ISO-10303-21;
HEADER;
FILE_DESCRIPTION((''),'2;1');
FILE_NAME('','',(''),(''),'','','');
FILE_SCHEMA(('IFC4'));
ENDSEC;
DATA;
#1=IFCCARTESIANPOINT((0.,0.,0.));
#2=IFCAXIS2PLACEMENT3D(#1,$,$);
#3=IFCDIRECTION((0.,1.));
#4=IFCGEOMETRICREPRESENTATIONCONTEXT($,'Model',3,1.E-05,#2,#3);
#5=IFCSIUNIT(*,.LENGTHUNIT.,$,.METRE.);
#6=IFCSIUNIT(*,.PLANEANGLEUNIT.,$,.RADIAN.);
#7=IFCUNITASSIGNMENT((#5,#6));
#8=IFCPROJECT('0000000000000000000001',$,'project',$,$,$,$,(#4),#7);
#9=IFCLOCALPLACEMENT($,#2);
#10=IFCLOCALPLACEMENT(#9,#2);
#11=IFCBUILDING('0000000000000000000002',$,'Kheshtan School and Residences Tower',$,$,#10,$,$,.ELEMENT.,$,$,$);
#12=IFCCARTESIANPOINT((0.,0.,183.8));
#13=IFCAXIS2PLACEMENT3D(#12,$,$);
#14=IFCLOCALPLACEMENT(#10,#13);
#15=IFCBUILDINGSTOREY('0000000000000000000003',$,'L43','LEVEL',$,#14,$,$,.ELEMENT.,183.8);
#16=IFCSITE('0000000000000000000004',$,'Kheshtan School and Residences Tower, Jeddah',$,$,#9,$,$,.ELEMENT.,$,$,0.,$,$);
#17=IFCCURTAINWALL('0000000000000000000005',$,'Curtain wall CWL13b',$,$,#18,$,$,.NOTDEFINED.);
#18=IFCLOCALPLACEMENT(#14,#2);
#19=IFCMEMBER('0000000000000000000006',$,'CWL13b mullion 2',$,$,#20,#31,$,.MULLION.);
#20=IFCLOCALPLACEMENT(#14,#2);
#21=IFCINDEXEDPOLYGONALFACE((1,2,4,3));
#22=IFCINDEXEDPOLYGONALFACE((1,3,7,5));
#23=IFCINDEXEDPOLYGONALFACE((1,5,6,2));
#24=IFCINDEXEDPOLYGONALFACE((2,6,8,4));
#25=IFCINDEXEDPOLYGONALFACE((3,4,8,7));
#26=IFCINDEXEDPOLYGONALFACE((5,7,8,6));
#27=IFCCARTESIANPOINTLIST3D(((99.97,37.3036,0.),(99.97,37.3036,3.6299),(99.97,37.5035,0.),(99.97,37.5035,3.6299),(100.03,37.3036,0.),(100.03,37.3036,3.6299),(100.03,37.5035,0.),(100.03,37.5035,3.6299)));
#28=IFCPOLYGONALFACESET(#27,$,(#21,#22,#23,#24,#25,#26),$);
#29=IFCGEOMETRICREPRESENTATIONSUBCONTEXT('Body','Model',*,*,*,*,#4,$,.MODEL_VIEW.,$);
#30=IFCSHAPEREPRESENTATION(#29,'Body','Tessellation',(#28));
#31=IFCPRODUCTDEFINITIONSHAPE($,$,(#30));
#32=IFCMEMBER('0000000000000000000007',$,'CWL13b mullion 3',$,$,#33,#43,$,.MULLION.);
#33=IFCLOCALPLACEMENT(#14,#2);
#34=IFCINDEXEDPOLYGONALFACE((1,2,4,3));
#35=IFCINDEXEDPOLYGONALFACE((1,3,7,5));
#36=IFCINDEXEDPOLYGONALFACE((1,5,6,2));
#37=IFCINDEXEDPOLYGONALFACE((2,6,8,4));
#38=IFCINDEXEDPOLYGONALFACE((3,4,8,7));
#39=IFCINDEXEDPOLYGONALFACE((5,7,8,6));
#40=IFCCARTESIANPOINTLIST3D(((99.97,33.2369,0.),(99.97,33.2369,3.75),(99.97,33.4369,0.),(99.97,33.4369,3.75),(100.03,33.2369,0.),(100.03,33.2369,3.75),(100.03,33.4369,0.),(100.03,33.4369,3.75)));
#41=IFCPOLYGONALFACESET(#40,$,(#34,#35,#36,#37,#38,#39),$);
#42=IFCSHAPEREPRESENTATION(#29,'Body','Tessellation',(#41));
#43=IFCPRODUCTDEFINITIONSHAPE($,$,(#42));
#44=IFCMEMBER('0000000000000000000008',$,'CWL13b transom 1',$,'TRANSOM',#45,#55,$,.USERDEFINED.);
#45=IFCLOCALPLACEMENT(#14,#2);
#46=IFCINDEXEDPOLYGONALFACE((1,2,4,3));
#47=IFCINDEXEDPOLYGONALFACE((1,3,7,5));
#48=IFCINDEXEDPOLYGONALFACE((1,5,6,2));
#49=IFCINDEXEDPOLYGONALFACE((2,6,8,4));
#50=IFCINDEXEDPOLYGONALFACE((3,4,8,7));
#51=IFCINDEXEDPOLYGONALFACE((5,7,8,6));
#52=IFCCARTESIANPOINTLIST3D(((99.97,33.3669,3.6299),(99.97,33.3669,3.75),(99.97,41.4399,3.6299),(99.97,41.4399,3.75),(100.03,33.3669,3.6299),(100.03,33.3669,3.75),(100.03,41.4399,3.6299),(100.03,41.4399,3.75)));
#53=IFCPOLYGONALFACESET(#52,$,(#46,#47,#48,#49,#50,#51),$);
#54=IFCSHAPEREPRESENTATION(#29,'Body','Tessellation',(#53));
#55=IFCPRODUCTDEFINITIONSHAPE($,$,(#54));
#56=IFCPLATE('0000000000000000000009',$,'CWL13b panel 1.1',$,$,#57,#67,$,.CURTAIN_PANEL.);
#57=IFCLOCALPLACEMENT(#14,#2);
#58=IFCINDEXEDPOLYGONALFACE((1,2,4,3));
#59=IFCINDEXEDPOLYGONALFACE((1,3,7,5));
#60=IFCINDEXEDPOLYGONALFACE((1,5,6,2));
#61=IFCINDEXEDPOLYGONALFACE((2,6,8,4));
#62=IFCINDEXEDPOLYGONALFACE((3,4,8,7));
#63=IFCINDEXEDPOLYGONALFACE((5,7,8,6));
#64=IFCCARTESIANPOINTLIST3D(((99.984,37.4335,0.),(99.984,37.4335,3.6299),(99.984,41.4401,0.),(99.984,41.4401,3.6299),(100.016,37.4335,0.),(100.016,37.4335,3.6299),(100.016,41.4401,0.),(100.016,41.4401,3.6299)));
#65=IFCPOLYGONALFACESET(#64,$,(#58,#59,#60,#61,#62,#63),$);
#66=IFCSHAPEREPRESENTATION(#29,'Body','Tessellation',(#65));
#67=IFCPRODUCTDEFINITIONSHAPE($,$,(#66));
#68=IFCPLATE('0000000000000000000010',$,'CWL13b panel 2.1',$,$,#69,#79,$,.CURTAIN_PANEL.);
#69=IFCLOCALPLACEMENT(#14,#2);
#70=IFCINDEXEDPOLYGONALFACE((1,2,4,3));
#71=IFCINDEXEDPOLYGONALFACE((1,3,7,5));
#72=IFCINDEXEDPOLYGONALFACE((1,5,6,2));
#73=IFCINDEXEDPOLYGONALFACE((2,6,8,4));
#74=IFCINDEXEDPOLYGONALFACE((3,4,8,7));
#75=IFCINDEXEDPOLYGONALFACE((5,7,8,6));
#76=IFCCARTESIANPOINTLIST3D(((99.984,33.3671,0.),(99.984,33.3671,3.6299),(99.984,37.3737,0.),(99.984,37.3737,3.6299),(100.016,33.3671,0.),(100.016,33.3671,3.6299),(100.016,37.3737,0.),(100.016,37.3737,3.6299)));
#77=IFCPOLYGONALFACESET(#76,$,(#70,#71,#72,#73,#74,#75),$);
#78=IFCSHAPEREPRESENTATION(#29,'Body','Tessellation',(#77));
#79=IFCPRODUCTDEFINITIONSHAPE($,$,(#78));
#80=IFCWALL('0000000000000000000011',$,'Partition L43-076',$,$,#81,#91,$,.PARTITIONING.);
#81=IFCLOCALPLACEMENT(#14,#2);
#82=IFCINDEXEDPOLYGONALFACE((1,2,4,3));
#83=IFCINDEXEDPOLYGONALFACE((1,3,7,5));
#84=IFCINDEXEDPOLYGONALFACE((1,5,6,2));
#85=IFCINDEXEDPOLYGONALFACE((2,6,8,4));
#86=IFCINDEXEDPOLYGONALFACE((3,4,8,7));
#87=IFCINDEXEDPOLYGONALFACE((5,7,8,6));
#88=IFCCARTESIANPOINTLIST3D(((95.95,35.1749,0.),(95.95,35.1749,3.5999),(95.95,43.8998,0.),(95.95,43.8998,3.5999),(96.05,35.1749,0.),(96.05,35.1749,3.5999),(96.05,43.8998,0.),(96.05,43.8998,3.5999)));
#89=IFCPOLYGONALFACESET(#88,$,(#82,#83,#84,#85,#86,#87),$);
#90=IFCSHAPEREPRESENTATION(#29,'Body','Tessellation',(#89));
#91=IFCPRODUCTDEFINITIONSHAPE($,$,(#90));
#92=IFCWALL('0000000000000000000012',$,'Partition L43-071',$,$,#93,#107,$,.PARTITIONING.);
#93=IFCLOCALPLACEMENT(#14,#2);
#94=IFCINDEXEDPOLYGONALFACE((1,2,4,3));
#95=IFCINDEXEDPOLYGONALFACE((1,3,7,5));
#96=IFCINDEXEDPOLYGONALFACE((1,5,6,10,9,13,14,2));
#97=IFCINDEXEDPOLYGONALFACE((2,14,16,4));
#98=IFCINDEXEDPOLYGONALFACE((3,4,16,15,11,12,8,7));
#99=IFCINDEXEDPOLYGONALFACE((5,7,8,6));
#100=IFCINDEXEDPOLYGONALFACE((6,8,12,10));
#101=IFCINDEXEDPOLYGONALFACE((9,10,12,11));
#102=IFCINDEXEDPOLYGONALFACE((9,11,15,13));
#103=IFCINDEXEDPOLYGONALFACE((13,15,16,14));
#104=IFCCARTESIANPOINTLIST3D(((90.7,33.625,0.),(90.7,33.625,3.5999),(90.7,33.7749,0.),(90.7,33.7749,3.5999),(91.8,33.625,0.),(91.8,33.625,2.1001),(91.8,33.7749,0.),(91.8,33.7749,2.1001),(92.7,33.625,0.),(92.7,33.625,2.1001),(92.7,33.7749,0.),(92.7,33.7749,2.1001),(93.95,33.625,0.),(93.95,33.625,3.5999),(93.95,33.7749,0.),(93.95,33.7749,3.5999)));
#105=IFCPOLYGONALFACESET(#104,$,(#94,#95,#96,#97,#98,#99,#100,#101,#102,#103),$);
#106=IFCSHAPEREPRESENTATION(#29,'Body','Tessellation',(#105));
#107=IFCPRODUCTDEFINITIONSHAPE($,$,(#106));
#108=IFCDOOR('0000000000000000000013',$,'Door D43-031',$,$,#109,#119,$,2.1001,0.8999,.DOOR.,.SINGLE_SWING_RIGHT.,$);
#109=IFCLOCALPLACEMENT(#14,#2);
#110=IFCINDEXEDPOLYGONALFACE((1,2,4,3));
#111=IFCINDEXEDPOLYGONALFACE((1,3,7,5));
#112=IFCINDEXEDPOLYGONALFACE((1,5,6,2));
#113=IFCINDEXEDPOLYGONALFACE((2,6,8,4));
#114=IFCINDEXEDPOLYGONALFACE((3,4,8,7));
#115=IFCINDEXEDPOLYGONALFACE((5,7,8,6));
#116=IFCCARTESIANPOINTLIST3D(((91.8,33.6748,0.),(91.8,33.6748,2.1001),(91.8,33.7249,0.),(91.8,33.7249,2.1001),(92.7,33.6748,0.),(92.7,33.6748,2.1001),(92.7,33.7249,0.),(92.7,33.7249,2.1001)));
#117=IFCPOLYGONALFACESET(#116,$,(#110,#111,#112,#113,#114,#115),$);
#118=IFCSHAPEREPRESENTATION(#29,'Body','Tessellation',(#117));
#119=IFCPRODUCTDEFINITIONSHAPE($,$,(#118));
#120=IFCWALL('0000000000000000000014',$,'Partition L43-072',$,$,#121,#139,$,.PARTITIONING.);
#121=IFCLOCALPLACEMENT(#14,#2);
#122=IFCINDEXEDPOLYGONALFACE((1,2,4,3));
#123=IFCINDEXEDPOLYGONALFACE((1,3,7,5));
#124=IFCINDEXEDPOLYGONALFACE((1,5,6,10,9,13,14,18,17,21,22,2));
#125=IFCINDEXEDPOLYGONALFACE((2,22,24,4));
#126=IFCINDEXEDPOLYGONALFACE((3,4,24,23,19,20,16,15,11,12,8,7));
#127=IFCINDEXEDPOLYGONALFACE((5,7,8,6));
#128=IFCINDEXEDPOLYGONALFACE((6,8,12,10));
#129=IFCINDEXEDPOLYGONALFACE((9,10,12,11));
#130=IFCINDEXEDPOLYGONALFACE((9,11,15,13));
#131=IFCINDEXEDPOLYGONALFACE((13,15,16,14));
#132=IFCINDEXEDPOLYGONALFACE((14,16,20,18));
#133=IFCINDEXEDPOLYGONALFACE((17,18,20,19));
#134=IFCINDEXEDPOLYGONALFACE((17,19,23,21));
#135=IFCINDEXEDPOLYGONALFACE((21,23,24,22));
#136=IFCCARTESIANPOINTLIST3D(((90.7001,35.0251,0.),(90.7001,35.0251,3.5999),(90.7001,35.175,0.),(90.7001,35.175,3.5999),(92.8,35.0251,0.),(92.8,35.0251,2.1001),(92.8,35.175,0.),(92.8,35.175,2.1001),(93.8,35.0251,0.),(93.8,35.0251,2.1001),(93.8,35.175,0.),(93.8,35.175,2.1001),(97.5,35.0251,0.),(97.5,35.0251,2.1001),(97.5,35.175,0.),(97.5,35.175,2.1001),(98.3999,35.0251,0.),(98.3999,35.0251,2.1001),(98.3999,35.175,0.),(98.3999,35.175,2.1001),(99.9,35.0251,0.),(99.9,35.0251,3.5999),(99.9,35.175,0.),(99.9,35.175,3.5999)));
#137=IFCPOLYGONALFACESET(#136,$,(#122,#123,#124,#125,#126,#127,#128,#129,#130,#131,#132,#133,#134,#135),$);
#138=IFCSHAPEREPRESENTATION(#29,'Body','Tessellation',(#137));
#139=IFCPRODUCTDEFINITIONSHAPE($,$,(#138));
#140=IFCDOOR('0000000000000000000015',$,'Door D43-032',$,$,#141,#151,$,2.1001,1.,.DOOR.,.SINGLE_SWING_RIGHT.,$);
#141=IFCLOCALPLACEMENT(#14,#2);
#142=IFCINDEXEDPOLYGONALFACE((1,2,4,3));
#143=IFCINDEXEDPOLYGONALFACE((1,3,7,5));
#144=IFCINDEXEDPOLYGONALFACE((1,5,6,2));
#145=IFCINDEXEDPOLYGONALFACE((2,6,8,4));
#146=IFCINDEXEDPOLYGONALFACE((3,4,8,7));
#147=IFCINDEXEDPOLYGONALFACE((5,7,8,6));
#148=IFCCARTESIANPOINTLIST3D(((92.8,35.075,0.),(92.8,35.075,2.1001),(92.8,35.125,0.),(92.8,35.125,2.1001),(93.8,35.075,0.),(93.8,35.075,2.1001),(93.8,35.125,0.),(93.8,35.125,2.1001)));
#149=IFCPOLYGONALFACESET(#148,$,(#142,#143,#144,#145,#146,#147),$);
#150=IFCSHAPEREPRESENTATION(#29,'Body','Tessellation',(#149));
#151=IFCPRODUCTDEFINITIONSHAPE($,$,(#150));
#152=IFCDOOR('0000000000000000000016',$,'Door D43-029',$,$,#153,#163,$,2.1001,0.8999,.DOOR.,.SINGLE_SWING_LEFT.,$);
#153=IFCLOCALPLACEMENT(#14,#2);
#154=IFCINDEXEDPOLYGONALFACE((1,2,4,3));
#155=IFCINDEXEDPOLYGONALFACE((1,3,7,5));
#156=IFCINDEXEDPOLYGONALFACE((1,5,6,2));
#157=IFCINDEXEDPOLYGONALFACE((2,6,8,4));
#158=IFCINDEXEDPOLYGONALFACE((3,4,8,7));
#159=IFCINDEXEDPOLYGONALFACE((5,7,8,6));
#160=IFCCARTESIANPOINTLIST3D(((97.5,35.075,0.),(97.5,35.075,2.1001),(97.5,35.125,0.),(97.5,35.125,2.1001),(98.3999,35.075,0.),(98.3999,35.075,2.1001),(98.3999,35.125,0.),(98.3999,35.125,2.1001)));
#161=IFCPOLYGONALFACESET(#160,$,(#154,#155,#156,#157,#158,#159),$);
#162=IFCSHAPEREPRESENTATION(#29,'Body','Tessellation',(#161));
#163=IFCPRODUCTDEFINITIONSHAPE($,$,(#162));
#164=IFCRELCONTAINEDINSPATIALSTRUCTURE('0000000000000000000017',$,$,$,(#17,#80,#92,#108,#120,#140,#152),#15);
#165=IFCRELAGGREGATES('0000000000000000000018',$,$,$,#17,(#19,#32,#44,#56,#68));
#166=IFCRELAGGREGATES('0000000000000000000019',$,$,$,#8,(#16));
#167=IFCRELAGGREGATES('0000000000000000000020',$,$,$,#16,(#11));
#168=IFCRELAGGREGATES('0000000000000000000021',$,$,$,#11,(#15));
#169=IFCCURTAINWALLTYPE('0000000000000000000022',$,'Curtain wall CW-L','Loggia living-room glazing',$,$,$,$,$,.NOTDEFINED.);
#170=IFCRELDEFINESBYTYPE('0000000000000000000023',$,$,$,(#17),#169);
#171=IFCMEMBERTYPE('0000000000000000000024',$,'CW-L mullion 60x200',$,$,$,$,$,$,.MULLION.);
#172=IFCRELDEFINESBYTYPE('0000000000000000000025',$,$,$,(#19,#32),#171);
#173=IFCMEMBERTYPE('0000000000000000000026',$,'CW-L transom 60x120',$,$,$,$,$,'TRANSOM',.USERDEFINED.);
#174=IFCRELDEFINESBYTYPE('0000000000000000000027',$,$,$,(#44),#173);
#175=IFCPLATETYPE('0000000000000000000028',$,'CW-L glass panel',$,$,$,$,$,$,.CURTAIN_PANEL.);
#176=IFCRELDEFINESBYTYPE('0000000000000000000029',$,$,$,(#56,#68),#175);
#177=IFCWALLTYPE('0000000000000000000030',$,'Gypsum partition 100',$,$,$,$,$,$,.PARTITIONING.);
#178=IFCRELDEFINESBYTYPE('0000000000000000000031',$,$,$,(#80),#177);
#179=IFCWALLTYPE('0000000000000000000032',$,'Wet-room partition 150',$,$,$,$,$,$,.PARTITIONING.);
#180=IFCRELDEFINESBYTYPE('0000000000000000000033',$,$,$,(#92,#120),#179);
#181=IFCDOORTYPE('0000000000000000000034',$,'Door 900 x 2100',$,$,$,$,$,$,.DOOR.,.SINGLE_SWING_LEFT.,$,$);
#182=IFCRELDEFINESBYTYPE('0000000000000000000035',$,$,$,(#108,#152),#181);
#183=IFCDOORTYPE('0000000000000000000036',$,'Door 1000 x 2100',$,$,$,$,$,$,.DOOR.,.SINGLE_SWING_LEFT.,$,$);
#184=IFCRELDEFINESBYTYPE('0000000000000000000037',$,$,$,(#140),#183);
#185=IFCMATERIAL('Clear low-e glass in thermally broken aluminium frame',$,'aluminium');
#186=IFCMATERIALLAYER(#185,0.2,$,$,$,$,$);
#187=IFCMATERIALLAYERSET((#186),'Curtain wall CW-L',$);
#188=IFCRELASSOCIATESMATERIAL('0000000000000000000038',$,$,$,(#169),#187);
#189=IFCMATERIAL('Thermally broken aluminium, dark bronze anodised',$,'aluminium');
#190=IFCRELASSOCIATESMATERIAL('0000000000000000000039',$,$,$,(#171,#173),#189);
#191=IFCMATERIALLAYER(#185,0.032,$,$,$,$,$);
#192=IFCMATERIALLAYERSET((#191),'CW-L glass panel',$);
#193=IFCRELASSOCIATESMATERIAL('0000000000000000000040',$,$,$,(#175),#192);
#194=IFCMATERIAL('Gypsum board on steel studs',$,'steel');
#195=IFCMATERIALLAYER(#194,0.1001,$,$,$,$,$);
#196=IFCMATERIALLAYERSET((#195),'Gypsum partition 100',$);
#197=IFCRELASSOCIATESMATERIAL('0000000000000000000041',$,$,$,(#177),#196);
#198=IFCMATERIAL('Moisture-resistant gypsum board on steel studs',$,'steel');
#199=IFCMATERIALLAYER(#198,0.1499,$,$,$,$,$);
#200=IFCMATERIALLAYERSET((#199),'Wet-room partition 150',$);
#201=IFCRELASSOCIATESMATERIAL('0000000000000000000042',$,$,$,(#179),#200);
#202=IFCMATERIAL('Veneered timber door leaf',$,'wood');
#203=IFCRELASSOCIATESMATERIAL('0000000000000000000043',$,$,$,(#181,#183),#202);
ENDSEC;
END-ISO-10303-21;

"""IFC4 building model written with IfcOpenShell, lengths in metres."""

from ifc_helpers import new_model, si_unit, direction, frame, frame_2d, origin, origin_2d, place, context, subcontext, project, spatial, rectangle, extrude, source, transform, mapped, material, layer, layer_set, material_profile, profile_set, type_object, element, fill, aggregate, save


model = new_model("IFC4")

# Units and contexts
model_context = context("Model", 3, precision=1e-05, world=origin(), true_north=direction((0.0, 1.0)))
body_context = subcontext(model_context, "Body", "Model", "MODEL_VIEW")
ifc_project = project(units=[si_unit("LENGTHUNIT", "METRE"), si_unit("PLANEANGLEUNIT", "RADIAN")], contexts=[model_context])

# Site, building, storey
site_placement = place(None, origin())
site = spatial("IfcSite", under=ifc_project, at=site_placement, Name="Kheshtan School and Residences Tower, Jeddah", CompositionType="ELEMENT", RefElevation=0.0)
building_placement = place(site_placement, origin())
building = spatial("IfcBuilding", under=site, at=building_placement, Name="Kheshtan School and Residences Tower", CompositionType="ELEMENT")
storey_placement = place(building_placement, frame((0.0, 0.0, 183.8)))
storey = spatial("IfcBuildingStorey", under=building, at=storey_placement, Name="L43", Description="LEVEL", CompositionType="ELEMENT", Elevation=183.8)

# Curtain wall, members, plates
ifc_material_1 = material(Name="Clear low-e glass in thermally broken aluminium frame", Category="aluminium")
ifc_layer_1 = layer(ifc_material_1, 0.2)
ifc_layer_set_1 = layer_set([ifc_layer_1], Name="Curtain wall CW-L")
curtain_wall_type = type_object("IfcCurtainWallType", Name="Curtain wall CW-L", Description="Loggia living-room glazing", PredefinedType="NOTDEFINED", material=ifc_layer_set_1)
curtain_wall_placement = place(storey_placement, origin())
curtain_wall = element("IfcCurtainWall", 1, at=curtain_wall_placement, inside=storey, type_object=curtain_wall_type, Name="Curtain wall CWL13b", PredefinedType="NOTDEFINED")
ifc_material_2 = material(Name="Thermally broken aluminium, dark bronze anodised", Category="aluminium")
ifc_material_profile_1 = material_profile(ifc_material_2, rectangle(XDim=0.0601, YDim=0.2, at=origin_2d()), Name="CW-L mullion 60x200")
ifc_profile_set_1 = profile_set([ifc_material_profile_1], Name="Thermally broken aluminium, dark bronze anodised")
member_type_1 = type_object("IfcMemberType", Name="CW-L mullion 60x200", PredefinedType="MULLION", material=ifc_profile_set_1)
member_1_placement = place(storey_placement, frame((100.0, 37.4036, 0.0), z_axis=(0.0, 0.0, 1.0), x_axis=(1.0, 0.0, 0.0)))
member_1 = element("IfcMember", 2, at=member_1_placement, type_object=member_type_1, Name="CWL13b mullion 2", PredefinedType="MULLION", context=body_context, shape_type="SweptSolid", body=[
    extrude(rectangle(XDim=0.0601, YDim=0.2, at=origin_2d()), origin(), (0.0, 0.0, 1.0), 3.6299),
])
member_2_placement = place(storey_placement, frame((100.0, 33.3369, 0.0), z_axis=(0.0, 0.0, 1.0), x_axis=(1.0, 0.0, 0.0)))
member_2 = element("IfcMember", 3, at=member_2_placement, type_object=member_type_1, Name="CWL13b mullion 3", PredefinedType="MULLION", context=body_context, shape_type="SweptSolid", body=[
    extrude(rectangle(XDim=0.0601, YDim=0.2, at=origin_2d()), origin(), (0.0, 0.0, 1.0), 3.75),
])
ifc_material_profile_2 = material_profile(ifc_material_2, rectangle(XDim=0.0601, YDim=0.1201, at=origin_2d()), Name="CW-L transom 60x120")
ifc_profile_set_2 = profile_set([ifc_material_profile_2], Name="Thermally broken aluminium, dark bronze anodised")
member_type_2 = type_object("IfcMemberType", Name="CW-L transom 60x120", ElementType="TRANSOM", PredefinedType="USERDEFINED", material=ifc_profile_set_2)
member_3_placement = place(storey_placement, frame((100.0, 41.4399, 3.6899), z_axis=(0.0, -1.0, 0.0), x_axis=(1.0, 0.0, 0.0)))
member_3 = element("IfcMember", 4, at=member_3_placement, type_object=member_type_2, Name="CWL13b transom 1", ObjectType="TRANSOM", PredefinedType="USERDEFINED", context=body_context, shape_type="SweptSolid", body=[
    extrude(rectangle(XDim=0.0601, YDim=0.1201, at=origin_2d()), origin(), (0.0, 0.0, 1.0), 8.073),
])
ifc_layer_2 = layer(ifc_material_1, 0.032)
ifc_layer_set_2 = layer_set([ifc_layer_2], Name="CW-L glass panel")
plate_type = type_object("IfcPlateType", Name="CW-L glass panel", PredefinedType="CURTAIN_PANEL", material=ifc_layer_set_2)
plate_1_placement = place(storey_placement, frame((100.0, 39.4368, 0.0), z_axis=(0.0, 0.0, 1.0), x_axis=(0.0, -1.0, 0.0)))
plate_1 = element("IfcPlate", 5, at=plate_1_placement, type_object=plate_type, Name="CWL13b panel 1.1", PredefinedType="CURTAIN_PANEL", context=body_context, shape_type="SweptSolid", body=[
    extrude(rectangle(XDim=4.0066, YDim=0.032, at=origin_2d()), origin(), (0.0, 0.0, 1.0), 3.6299),
])
plate_2_placement = place(storey_placement, frame((100.0, 35.3704, 0.0), z_axis=(0.0, 0.0, 1.0), x_axis=(0.0, -1.0, 0.0)))
plate_2 = element("IfcPlate", 6, at=plate_2_placement, type_object=plate_type, Name="CWL13b panel 2.1", PredefinedType="CURTAIN_PANEL", context=body_context, shape_type="SweptSolid", body=[
    extrude(rectangle(XDim=4.0066, YDim=0.032, at=origin_2d()), origin(), (0.0, 0.0, 1.0), 3.6299),
])
aggregate(curtain_wall, [member_1, member_2, member_3, plate_1, plate_2])

# Wall
ifc_material_3 = material(Name="Gypsum board on steel studs", Category="steel")
ifc_layer_3 = layer(ifc_material_3, 0.1001)
ifc_layer_set_3 = layer_set([ifc_layer_3], Name="Gypsum partition 100")
wall_type_1 = type_object("IfcWallType", Name="Gypsum partition 100", PredefinedType="PARTITIONING", material=ifc_layer_set_3)
wall_1_placement = place(storey_placement, frame((96.0, 35.175, 0.0), z_axis=(0.0, 0.0, 1.0), x_axis=(0.0, 1.0, 0.0)))
element("IfcWall", 7, at=wall_1_placement, inside=storey, type_object=wall_type_1, Name="Partition L43-076", PredefinedType="PARTITIONING", context=body_context, shape_type="SweptSolid", body=[
    extrude(rectangle(XDim=8.7249, YDim=0.1001, at=frame_2d((4.3623, 0.0))), origin(), (0.0, 0.0, 1.0), 3.5999),
])

# Wall, opening, door
ifc_material_4 = material(Name="Moisture-resistant gypsum board on steel studs", Category="steel")
ifc_layer_4 = layer(ifc_material_4, 0.1499)
ifc_layer_set_4 = layer_set([ifc_layer_4], Name="Wet-room partition 150")
wall_type_2 = type_object("IfcWallType", Name="Wet-room partition 150", PredefinedType="PARTITIONING", material=ifc_layer_set_4)
wall_2_placement = place(storey_placement, frame((90.7, 33.7, 0.0), z_axis=(0.0, 0.0, 1.0), x_axis=(1.0, 0.0, 0.0)))
wall_2 = element("IfcWall", 8, at=wall_2_placement, inside=storey, type_object=wall_type_2, Name="Partition L43-071", PredefinedType="PARTITIONING", context=body_context, shape_type="SweptSolid", body=[
    extrude(rectangle(XDim=3.25, YDim=0.1499, at=frame_2d((1.625, 0.0))), origin(), (0.0, 0.0, 1.0), 3.5999),
])
opening_1_placement = place(wall_2_placement, frame((1.1001, 0.0, 0.0)))
opening_1 = element("IfcOpeningElement", 9, at=opening_1_placement, cuts=wall_2, PredefinedType="OPENING", context=body_context, shape_type="SweptSolid", body=[
    extrude(rectangle(XDim=0.8999, YDim=2.1001, at=frame_2d((0.45, 1.05))), frame((0.0, 0.085, 0.0), z_axis=(0.0, -1.0, 0.0), x_axis=(1.0, 0.0, 0.0)), (0.0, 0.0, 1.0), 0.1699),
])
ifc_material_5 = material(Name="Veneered timber door leaf", Category="wood")
door_type_1 = type_object("IfcDoorType", Name="Door 900 x 2100", OperationType="SINGLE_SWING_LEFT", PredefinedType="DOOR", material=ifc_material_5)
shared_shape_1 = source(origin(), body_context, "Body", "SweptSolid", [
    extrude(rectangle(XDim=0.8999, YDim=2.1001, at=frame_2d((0.45, 1.05))), frame((0.0, 0.0249, 0.0), z_axis=(0.0, -1.0, 0.0), x_axis=(1.0, 0.0, 0.0)), (0.0, 0.0, 1.0), 0.05),
])
door_1_placement = place(opening_1_placement, origin())
door_1 = element("IfcDoor", 10, at=door_1_placement, inside=storey, type_object=door_type_1, Name="Door D43-031", OperationType="SINGLE_SWING_RIGHT", OverallHeight=2.1001, OverallWidth=0.8999, PredefinedType="DOOR", context=body_context, shape_type="MappedRepresentation", body=[
    mapped(shared_shape_1, transform((0.0, 0.0, 0.0), x_axis=(1.0, 0.0, 0.0), y_axis=(0.0, 1.0, 0.0), z_axis=(0.0, 0.0, 1.0), scale=1.0)),
])
fill(opening_1, door_1)

# Wall, openings, doors
wall_3_placement = place(storey_placement, frame((90.7, 35.1001, 0.0), z_axis=(0.0, 0.0, 1.0), x_axis=(1.0, 0.0, 0.0)))
wall_3 = element("IfcWall", 11, at=wall_3_placement, inside=storey, type_object=wall_type_2, Name="Partition L43-072", PredefinedType="PARTITIONING", context=body_context, shape_type="SweptSolid", body=[
    extrude(rectangle(XDim=9.2, YDim=0.1499, at=frame_2d((4.6001, 0.0))), origin(), (0.0, 0.0, 1.0), 3.5999),
])
opening_2_placement = place(wall_3_placement, frame((6.8, 0.0, 0.0)))
opening_2 = element("IfcOpeningElement", 12, at=opening_2_placement, cuts=wall_3, PredefinedType="OPENING", context=body_context, shape_type="SweptSolid", body=[
    extrude(rectangle(XDim=0.8999, YDim=2.1001, at=frame_2d((0.45, 1.05))), frame((0.0, 0.085, 0.0), z_axis=(0.0, -1.0, 0.0), x_axis=(1.0, 0.0, 0.0)), (0.0, 0.0, 1.0), 0.1699),
])
opening_3_placement = place(wall_3_placement, frame((2.1001, 0.0, 0.0)))
opening_3 = element("IfcOpeningElement", 13, at=opening_3_placement, cuts=wall_3, PredefinedType="OPENING", context=body_context, shape_type="SweptSolid", body=[
    extrude(rectangle(XDim=1.0, YDim=2.1001, at=frame_2d((0.5, 1.05))), frame((0.0, 0.085, 0.0), z_axis=(0.0, -1.0, 0.0), x_axis=(1.0, 0.0, 0.0)), (0.0, 0.0, 1.0), 0.1699),
])
door_type_2 = type_object("IfcDoorType", Name="Door 1000 x 2100", OperationType="SINGLE_SWING_LEFT", PredefinedType="DOOR", material=ifc_material_5)
shared_shape_2 = source(origin(), body_context, "Body", "SweptSolid", [
    extrude(rectangle(XDim=1.0, YDim=2.1001, at=frame_2d((0.5, 1.05))), frame((0.0, 0.0249, 0.0), z_axis=(0.0, -1.0, 0.0), x_axis=(1.0, 0.0, 0.0)), (0.0, 0.0, 1.0), 0.05),
])
door_2_placement = place(opening_3_placement, origin())
door_2 = element("IfcDoor", 14, at=door_2_placement, inside=storey, type_object=door_type_2, Name="Door D43-032", OperationType="SINGLE_SWING_RIGHT", OverallHeight=2.1001, OverallWidth=1.0, PredefinedType="DOOR", context=body_context, shape_type="MappedRepresentation", body=[
    mapped(shared_shape_2, transform((0.0, 0.0, 0.0), x_axis=(1.0, 0.0, 0.0), y_axis=(0.0, 1.0, 0.0), z_axis=(0.0, 0.0, 1.0), scale=1.0)),
])
fill(opening_3, door_2)
door_3_placement = place(opening_2_placement, origin())
door_3 = element("IfcDoor", 15, at=door_3_placement, inside=storey, type_object=door_type_1, Name="Door D43-029", OperationType="SINGLE_SWING_LEFT", OverallHeight=2.1001, OverallWidth=0.8999, PredefinedType="DOOR", context=body_context, shape_type="MappedRepresentation", body=[
    mapped(shared_shape_1, transform((0.0, 0.0, 0.0), x_axis=(1.0, 0.0, 0.0), y_axis=(0.0, 1.0, 0.0), z_axis=(0.0, 0.0, 1.0), scale=1.0)),
])
fill(opening_2, door_3)

save(model, "model.ifc")
